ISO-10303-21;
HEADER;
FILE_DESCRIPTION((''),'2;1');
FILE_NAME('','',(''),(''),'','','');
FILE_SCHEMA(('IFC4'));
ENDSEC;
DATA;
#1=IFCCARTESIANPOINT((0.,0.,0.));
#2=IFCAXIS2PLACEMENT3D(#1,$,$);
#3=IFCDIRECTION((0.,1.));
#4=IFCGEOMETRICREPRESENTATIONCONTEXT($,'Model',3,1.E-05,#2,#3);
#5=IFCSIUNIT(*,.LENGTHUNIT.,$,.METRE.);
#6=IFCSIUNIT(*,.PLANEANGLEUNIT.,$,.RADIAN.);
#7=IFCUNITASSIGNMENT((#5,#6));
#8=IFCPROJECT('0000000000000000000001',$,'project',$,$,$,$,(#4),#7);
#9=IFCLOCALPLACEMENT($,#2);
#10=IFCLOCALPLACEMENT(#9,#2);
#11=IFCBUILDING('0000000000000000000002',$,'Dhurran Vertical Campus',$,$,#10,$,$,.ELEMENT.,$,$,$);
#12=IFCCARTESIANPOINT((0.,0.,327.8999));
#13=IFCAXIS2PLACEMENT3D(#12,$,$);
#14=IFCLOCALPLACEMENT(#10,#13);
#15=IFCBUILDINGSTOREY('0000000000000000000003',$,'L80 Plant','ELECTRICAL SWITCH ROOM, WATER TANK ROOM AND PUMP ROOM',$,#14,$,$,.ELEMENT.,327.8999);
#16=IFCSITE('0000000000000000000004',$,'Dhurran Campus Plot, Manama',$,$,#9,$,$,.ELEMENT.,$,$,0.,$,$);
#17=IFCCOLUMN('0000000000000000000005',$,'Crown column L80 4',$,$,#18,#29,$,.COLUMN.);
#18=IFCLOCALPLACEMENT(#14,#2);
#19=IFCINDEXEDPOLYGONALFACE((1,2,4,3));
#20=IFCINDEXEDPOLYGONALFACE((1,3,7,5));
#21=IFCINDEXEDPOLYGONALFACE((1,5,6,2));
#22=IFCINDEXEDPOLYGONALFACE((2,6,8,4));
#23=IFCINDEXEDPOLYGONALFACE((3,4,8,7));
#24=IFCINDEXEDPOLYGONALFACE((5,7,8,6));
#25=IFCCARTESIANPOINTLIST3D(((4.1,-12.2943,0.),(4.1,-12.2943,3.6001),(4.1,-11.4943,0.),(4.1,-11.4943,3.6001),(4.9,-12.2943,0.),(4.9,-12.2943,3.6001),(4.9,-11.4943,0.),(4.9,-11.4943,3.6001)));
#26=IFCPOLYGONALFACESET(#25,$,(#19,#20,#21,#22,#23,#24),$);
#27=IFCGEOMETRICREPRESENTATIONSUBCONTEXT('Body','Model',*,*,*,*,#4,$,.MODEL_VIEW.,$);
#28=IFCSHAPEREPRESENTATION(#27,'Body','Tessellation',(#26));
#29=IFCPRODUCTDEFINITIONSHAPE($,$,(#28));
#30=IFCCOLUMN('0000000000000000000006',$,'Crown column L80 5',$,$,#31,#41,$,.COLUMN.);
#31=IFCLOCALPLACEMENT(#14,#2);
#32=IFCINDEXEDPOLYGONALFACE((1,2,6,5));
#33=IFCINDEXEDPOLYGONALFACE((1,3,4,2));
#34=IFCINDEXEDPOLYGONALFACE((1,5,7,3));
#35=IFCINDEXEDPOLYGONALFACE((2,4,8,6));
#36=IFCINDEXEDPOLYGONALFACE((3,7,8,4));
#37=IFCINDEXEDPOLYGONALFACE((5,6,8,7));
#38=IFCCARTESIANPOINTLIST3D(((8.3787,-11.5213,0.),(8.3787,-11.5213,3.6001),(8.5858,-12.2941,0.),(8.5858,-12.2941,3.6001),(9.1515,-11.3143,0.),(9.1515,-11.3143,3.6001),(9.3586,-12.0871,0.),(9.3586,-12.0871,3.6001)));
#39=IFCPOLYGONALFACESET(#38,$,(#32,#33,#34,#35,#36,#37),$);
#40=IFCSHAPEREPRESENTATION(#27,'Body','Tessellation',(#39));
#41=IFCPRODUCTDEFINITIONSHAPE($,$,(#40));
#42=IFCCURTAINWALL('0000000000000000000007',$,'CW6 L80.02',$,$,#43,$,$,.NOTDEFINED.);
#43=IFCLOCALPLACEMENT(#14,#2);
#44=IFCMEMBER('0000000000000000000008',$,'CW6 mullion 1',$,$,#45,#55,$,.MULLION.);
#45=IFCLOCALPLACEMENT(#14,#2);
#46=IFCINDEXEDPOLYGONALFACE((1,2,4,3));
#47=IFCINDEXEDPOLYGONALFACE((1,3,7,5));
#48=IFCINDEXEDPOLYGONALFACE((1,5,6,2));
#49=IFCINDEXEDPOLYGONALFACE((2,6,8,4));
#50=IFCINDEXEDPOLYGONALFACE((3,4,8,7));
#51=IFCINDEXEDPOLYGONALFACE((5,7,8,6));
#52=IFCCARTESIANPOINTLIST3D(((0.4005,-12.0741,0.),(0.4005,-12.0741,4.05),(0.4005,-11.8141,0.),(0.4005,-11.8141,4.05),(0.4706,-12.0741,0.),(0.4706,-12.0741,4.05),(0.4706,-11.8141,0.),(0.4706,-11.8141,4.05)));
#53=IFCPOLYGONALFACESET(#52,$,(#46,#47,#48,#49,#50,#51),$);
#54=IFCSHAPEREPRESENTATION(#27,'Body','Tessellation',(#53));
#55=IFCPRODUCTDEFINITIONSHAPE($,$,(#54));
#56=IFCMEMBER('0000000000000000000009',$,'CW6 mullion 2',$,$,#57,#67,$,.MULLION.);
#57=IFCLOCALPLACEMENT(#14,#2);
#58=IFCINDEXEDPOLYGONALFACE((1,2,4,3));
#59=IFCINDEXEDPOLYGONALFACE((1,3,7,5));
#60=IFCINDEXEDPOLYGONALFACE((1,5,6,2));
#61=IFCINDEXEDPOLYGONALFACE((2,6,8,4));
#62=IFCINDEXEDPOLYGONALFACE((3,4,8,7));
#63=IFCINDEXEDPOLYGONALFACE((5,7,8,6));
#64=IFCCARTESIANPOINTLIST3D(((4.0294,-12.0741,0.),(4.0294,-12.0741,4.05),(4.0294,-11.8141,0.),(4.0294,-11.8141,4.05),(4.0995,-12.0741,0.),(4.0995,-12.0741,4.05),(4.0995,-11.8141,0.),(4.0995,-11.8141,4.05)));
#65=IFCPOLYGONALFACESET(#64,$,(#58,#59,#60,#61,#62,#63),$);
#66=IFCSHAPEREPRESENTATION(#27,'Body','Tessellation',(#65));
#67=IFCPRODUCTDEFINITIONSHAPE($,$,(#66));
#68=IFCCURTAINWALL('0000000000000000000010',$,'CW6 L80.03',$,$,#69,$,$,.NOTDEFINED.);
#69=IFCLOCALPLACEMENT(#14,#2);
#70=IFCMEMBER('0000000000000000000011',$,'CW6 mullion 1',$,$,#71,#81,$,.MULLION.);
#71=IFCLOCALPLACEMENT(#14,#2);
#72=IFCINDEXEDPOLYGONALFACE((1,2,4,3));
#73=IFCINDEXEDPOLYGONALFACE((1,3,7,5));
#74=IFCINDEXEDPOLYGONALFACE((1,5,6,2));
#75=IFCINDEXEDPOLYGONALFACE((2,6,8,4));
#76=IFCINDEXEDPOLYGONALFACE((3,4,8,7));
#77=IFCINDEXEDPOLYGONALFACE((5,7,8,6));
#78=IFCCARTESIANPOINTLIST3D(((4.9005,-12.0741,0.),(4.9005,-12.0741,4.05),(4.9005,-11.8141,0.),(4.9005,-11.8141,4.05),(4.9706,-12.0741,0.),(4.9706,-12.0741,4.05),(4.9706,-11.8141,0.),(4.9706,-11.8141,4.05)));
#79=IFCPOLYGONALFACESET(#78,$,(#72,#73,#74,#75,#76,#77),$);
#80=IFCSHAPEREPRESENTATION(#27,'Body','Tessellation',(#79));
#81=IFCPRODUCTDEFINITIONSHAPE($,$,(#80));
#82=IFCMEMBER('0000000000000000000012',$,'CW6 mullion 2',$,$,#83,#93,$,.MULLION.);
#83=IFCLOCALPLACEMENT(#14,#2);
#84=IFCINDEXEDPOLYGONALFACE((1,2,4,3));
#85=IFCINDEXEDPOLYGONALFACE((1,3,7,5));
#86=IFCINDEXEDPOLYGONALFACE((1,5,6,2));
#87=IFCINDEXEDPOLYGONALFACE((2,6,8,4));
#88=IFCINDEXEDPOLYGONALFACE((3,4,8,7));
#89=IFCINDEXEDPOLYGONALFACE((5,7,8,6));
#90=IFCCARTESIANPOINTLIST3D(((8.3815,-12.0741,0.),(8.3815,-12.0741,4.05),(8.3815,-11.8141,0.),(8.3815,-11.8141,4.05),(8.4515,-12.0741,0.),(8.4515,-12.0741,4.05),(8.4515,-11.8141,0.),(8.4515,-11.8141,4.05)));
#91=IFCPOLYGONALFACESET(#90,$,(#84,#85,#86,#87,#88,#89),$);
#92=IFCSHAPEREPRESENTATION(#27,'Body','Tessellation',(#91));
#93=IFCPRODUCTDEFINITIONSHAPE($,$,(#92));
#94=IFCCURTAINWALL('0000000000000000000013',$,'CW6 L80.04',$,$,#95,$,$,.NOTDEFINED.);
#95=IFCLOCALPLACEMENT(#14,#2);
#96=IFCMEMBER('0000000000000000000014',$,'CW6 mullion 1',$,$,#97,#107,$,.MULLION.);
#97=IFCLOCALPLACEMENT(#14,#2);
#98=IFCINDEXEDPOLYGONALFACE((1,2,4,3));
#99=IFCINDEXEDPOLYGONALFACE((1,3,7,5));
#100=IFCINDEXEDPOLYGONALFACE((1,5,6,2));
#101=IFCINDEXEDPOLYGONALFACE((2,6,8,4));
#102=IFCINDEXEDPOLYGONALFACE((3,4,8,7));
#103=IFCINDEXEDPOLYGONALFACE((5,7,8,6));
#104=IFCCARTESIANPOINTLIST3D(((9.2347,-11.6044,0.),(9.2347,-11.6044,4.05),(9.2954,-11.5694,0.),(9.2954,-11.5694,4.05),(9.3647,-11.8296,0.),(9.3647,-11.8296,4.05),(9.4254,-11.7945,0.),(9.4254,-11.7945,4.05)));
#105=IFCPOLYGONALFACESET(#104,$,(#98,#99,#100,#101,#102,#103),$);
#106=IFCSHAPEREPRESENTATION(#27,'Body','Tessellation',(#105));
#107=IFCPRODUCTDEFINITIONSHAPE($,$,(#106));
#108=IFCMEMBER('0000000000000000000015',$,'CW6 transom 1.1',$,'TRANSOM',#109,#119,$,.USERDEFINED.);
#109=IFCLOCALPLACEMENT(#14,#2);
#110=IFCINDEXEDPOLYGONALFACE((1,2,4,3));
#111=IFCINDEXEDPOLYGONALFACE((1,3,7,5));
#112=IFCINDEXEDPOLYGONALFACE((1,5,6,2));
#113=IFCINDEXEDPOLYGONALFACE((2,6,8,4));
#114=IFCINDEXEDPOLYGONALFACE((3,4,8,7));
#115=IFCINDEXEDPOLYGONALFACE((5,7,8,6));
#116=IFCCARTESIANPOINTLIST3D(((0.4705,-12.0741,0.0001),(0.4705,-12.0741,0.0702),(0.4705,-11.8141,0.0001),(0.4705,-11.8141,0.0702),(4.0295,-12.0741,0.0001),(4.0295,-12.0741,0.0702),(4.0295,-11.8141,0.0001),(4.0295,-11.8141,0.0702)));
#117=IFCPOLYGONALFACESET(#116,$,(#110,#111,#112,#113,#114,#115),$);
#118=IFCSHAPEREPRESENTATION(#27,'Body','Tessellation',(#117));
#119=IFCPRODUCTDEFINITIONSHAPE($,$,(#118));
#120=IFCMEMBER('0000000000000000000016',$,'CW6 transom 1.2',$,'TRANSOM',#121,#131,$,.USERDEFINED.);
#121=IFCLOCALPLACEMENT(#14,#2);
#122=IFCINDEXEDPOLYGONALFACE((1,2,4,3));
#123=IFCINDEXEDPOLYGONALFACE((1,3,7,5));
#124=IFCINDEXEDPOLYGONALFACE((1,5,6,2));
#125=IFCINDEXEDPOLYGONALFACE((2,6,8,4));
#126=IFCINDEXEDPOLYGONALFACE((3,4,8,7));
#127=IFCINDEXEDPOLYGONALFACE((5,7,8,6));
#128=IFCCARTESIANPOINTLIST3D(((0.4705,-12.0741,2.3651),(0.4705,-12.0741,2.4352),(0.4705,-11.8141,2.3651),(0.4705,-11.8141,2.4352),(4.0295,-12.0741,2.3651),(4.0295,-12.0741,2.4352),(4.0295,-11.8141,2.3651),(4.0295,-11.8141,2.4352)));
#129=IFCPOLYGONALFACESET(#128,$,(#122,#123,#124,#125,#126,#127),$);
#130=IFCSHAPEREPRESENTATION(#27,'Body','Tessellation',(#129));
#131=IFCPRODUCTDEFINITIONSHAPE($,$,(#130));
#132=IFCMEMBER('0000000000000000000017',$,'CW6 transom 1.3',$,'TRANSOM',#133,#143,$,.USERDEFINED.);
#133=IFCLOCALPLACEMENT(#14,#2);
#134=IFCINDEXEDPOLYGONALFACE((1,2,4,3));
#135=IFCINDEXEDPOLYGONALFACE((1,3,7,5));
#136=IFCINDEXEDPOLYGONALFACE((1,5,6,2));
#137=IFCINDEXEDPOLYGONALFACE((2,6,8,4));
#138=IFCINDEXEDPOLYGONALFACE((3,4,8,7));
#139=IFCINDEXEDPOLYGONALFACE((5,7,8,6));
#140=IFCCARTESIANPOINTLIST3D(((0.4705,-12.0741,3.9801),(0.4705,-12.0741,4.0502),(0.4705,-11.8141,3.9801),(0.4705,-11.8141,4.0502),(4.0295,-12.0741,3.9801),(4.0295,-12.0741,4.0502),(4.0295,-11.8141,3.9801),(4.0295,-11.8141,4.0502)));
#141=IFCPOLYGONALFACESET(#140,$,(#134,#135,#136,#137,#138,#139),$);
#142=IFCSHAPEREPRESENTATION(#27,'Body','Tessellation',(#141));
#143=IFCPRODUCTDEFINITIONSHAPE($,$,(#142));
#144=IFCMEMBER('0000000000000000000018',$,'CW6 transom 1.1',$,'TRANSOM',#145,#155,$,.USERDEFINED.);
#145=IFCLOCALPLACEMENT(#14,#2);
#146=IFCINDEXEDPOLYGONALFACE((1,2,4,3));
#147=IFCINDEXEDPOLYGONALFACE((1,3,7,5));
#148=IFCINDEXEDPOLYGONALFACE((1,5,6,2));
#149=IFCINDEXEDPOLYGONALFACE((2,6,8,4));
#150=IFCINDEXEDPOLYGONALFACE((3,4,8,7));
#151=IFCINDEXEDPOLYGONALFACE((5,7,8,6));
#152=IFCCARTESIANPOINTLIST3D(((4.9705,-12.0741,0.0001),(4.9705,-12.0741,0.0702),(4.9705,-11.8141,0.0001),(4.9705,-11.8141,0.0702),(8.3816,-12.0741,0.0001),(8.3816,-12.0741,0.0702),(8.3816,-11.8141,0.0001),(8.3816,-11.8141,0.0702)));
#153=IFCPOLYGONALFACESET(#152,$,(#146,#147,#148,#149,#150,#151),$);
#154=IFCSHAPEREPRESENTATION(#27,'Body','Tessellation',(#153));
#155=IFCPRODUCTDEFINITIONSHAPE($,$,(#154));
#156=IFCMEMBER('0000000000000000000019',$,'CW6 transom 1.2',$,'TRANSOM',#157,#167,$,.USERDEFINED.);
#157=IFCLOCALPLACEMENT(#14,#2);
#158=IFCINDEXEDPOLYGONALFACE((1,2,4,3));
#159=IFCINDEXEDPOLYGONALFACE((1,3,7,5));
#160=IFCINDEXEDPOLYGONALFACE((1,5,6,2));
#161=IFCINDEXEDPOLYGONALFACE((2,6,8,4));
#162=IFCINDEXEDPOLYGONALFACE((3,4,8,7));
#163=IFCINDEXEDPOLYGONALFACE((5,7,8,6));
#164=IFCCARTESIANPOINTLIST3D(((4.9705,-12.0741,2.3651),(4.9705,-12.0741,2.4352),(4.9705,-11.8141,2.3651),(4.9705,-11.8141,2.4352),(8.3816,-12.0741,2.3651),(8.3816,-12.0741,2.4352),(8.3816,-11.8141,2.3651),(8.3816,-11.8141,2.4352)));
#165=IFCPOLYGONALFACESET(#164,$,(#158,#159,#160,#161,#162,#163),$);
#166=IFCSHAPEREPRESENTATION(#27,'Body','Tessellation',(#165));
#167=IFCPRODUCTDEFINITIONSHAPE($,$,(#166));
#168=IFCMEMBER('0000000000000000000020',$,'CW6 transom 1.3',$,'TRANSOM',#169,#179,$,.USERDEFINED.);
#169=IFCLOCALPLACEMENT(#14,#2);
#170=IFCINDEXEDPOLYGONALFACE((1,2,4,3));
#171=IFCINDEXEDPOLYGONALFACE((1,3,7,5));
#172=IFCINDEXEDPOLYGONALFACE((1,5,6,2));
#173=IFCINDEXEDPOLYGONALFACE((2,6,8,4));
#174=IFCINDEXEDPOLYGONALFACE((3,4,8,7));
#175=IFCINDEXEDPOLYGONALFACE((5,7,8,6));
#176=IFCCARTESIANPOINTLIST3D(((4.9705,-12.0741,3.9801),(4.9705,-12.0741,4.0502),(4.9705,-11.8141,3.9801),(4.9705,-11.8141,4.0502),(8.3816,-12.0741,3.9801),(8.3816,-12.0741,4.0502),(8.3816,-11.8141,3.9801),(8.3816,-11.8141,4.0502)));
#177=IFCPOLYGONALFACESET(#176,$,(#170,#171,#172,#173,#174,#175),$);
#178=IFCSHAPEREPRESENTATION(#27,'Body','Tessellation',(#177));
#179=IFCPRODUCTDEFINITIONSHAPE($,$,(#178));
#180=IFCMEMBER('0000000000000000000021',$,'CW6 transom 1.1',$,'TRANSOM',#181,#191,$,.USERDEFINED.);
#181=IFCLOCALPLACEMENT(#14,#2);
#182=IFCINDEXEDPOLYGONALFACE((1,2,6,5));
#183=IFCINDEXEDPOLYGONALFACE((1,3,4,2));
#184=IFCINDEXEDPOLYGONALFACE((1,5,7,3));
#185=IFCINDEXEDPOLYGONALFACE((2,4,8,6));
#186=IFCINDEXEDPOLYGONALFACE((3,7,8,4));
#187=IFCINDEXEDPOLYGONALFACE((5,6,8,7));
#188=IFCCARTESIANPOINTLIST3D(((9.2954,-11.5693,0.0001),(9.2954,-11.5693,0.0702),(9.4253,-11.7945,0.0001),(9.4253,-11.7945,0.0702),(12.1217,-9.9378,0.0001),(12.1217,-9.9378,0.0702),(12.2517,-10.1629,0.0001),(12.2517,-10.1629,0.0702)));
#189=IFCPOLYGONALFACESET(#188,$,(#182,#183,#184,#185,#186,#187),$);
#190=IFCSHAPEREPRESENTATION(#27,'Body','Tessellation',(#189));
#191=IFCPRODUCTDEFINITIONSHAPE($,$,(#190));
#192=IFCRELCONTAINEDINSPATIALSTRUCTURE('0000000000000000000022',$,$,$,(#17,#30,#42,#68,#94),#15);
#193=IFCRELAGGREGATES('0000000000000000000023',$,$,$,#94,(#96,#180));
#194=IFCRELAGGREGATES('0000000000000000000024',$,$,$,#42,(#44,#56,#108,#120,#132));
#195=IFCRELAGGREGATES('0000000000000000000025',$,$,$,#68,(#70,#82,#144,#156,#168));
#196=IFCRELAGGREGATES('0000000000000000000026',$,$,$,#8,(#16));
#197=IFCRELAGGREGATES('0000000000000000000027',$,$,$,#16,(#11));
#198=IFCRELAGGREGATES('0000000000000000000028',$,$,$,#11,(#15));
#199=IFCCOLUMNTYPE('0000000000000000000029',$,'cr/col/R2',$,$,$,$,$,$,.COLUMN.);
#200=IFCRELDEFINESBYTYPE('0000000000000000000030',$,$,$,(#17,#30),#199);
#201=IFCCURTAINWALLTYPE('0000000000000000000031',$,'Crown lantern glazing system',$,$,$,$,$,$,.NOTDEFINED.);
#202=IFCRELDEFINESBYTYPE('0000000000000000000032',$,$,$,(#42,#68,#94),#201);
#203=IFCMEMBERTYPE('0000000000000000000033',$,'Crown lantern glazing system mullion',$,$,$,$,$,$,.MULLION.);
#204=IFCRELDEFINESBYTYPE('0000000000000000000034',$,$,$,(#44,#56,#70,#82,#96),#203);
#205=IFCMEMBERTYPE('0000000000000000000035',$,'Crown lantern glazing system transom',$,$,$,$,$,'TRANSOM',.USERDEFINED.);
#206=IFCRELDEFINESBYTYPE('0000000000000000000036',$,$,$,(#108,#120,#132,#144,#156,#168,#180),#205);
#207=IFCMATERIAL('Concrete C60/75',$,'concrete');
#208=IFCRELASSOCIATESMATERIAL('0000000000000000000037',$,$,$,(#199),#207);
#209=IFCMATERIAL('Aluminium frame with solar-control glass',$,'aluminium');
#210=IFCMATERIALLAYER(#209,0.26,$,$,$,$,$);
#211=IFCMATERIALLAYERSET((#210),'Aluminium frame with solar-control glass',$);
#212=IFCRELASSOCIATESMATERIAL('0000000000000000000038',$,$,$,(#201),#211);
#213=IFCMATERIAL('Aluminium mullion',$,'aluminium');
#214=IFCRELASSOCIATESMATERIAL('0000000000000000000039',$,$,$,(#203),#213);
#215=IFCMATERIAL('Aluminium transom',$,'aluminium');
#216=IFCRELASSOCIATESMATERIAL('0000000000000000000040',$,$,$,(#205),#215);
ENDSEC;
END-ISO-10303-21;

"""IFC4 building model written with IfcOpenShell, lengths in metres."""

from ifc_helpers import new_model, si_unit, direction, frame, origin, origin_2d, place, context, subcontext, project, spatial, rectangle, extrude, material, layer, layer_set, material_profile, profile_set, type_object, element, aggregate, save


model = new_model("IFC4")

# Units and contexts
model_context = context("Model", 3, precision=1e-05, world=origin(), true_north=direction((0.0, 1.0)))
body_context = subcontext(model_context, "Body", "Model", "MODEL_VIEW")
ifc_project = project(units=[si_unit("LENGTHUNIT", "METRE"), si_unit("PLANEANGLEUNIT", "RADIAN")], contexts=[model_context])

# Site, building, storey
site_placement = place(None, origin())
site = spatial("IfcSite", under=ifc_project, at=site_placement, Name="Dhurran Campus Plot, Manama", CompositionType="ELEMENT", RefElevation=0.0)
building_placement = place(site_placement, origin())
building = spatial("IfcBuilding", under=site, at=building_placement, Name="Dhurran Vertical Campus", CompositionType="ELEMENT")
storey_placement = place(building_placement, frame((0.0, 0.0, 327.8999)))
storey = spatial("IfcBuildingStorey", under=building, at=storey_placement, Name="L80 Plant", Description="ELECTRICAL SWITCH ROOM, WATER TANK ROOM AND PUMP ROOM", CompositionType="ELEMENT", Elevation=327.8999)

# Columns
ifc_material_1 = material(Name="Concrete C60/75", Category="concrete")
ifc_material_profile_1 = material_profile(ifc_material_1, rectangle(XDim=0.8, YDim=0.8, at=origin_2d()), Name="cr/col/R2")
ifc_profile_set_1 = profile_set([ifc_material_profile_1], Name="Concrete C60/75")
column_type = type_object("IfcColumnType", Name="cr/col/R2", PredefinedType="COLUMN", material=ifc_profile_set_1)
for number, where, z_axis, x_axis, name in (
    (1, (4.5, -11.8943, 0.0), (0.0, 0.0, 1.0), (1.0, 0.0, 0.0), "Crown column L80 4"),
    (2, (8.8687, -11.8042, 0.0), (0.0, 0.0, 1.0), (0.965926, 0.258819, 0.0), "Crown column L80 5"),
):
    element("IfcColumn", number, at=place(storey_placement, frame(where, z_axis=z_axis, x_axis=x_axis)), inside=storey, type_object=column_type, Name=name, PredefinedType="COLUMN", context=body_context, shape_type="SweptSolid", body=[
        extrude(rectangle(XDim=0.8, YDim=0.8, at=origin_2d()), origin(), (0.0, 0.0, 1.0), 3.6001),
    ])

# Curtain walls, members
ifc_material_2 = material(Name="Aluminium frame with solar-control glass", Category="aluminium")
ifc_layer_1 = layer(ifc_material_2, 0.26)
ifc_layer_set_1 = layer_set([ifc_layer_1], Name="Aluminium frame with solar-control glass")
curtain_wall_type = type_object("IfcCurtainWallType", Name="Crown lantern glazing system", PredefinedType="NOTDEFINED", material=ifc_layer_set_1)
curtain_wall_1_placement = place(storey_placement, origin())
curtain_wall_1 = element("IfcCurtainWall", 3, at=curtain_wall_1_placement, inside=storey, type_object=curtain_wall_type, Name="CW6 L80.02", PredefinedType="NOTDEFINED")
ifc_material_3 = material(Name="Aluminium mullion", Category="aluminium")
ifc_material_profile_2 = material_profile(ifc_material_3, rectangle(XDim=0.26, YDim=0.0701, at=origin_2d()), Name="Crown lantern glazing system mullion")
ifc_profile_set_2 = profile_set([ifc_material_profile_2], Name="Aluminium mullion")
member_type_1 = type_object("IfcMemberType", Name="Crown lantern glazing system mullion", PredefinedType="MULLION", material=ifc_profile_set_2)
member_1_placement = place(storey_placement, frame((0.4355, -11.9441, 0.0), z_axis=(0.0, 0.0, 1.0), x_axis=(0.0, 1.0, 0.0)))
member_1 = element("IfcMember", 4, at=member_1_placement, type_object=member_type_1, Name="CW6 mullion 1", PredefinedType="MULLION", context=body_context, shape_type="SweptSolid", body=[
    extrude(rectangle(XDim=0.26, YDim=0.0701, at=origin_2d()), origin(), (0.0, 0.0, 1.0), 4.05),
])
member_2_placement = place(storey_placement, frame((4.0645, -11.9441, 0.0), z_axis=(0.0, 0.0, 1.0), x_axis=(0.0, 1.0, 0.0)))
member_2 = element("IfcMember", 5, at=member_2_placement, type_object=member_type_1, Name="CW6 mullion 2", PredefinedType="MULLION", context=body_context, shape_type="SweptSolid", body=[
    extrude(rectangle(XDim=0.26, YDim=0.0701, at=origin_2d()), origin(), (0.0, 0.0, 1.0), 4.05),
])
curtain_wall_2_placement = place(storey_placement, origin())
curtain_wall_2 = element("IfcCurtainWall", 6, at=curtain_wall_2_placement, inside=storey, type_object=curtain_wall_type, Name="CW6 L80.03", PredefinedType="NOTDEFINED")
member_3_placement = place(storey_placement, frame((4.9355, -11.9441, 0.0), z_axis=(0.0, 0.0, 1.0), x_axis=(0.0, 1.0, 0.0)))
member_3 = element("IfcMember", 7, at=member_3_placement, type_object=member_type_1, Name="CW6 mullion 1", PredefinedType="MULLION", context=body_context, shape_type="SweptSolid", body=[
    extrude(rectangle(XDim=0.26, YDim=0.0701, at=origin_2d()), origin(), (0.0, 0.0, 1.0), 4.05),
])
member_4_placement = place(storey_placement, frame((8.4165, -11.9441, 0.0), z_axis=(0.0, 0.0, 1.0), x_axis=(0.0, 1.0, 0.0)))
member_4 = element("IfcMember", 8, at=member_4_placement, type_object=member_type_1, Name="CW6 mullion 2", PredefinedType="MULLION", context=body_context, shape_type="SweptSolid", body=[
    extrude(rectangle(XDim=0.26, YDim=0.0701, at=origin_2d()), origin(), (0.0, 0.0, 1.0), 4.05),
])

# Curtain wall, member
curtain_wall_3_placement = place(storey_placement, origin())
curtain_wall_3 = element("IfcCurtainWall", 9, at=curtain_wall_3_placement, inside=storey, type_object=curtain_wall_type, Name="CW6 L80.04", PredefinedType="NOTDEFINED")
member_5_placement = place(storey_placement, frame((9.3301, -11.6995, 0.0), z_axis=(0.0, 0.0, 1.0), x_axis=(-0.499991, 0.86603, 0.0)))
member_5 = element("IfcMember", 10, at=member_5_placement, type_object=member_type_1, Name="CW6 mullion 1", PredefinedType="MULLION", context=body_context, shape_type="SweptSolid", body=[
    extrude(rectangle(XDim=0.26, YDim=0.0701, at=origin_2d()), origin(), (0.0, 0.0, 1.0), 4.05),
])

# Members
ifc_material_4 = material(Name="Aluminium transom", Category="aluminium")
ifc_material_profile_3 = material_profile(ifc_material_4, rectangle(XDim=0.26, YDim=0.0701, at=origin_2d()), Name="Crown lantern glazing system transom")
ifc_profile_set_3 = profile_set([ifc_material_profile_3], Name="Aluminium transom")
member_type_2 = type_object("IfcMemberType", Name="Crown lantern glazing system transom", ElementType="TRANSOM", PredefinedType="USERDEFINED", material=ifc_profile_set_3)
member_6_placement = place(storey_placement, frame((0.4705, -11.9441, 0.0352), z_axis=(1.0, 0.0, 0.0), x_axis=(0.0, 1.0, 0.0)))
member_6 = element("IfcMember", 11, at=member_6_placement, type_object=member_type_2, Name="CW6 transom 1.1", ObjectType="TRANSOM", PredefinedType="USERDEFINED", context=body_context, shape_type="SweptSolid", body=[
    extrude(rectangle(XDim=0.26, YDim=0.0701, at=origin_2d()), origin(), (0.0, 0.0, 1.0), 3.5591),
])
member_7_placement = place(storey_placement, frame((0.4705, -11.9441, 2.4001), z_axis=(1.0, 0.0, 0.0), x_axis=(0.0, 1.0, 0.0)))
member_7 = element("IfcMember", 12, at=member_7_placement, type_object=member_type_2, Name="CW6 transom 1.2", ObjectType="TRANSOM", PredefinedType="USERDEFINED", context=body_context, shape_type="SweptSolid", body=[
    extrude(rectangle(XDim=0.26, YDim=0.0701, at=origin_2d()), origin(), (0.0, 0.0, 1.0), 3.5591),
])
member_8_placement = place(storey_placement, frame((0.4705, -11.9441, 4.0151), z_axis=(1.0, 0.0, 0.0), x_axis=(0.0, 1.0, 0.0)))
member_8 = element("IfcMember", 13, at=member_8_placement, type_object=member_type_2, Name="CW6 transom 1.3", ObjectType="TRANSOM", PredefinedType="USERDEFINED", context=body_context, shape_type="SweptSolid", body=[
    extrude(rectangle(XDim=0.26, YDim=0.0701, at=origin_2d()), origin(), (0.0, 0.0, 1.0), 3.5591),
])
member_9_placement = place(storey_placement, frame((4.9705, -11.9441, 0.0352), z_axis=(1.0, 0.0, 0.0), x_axis=(0.0, 1.0, 0.0)))
member_9 = element("IfcMember", 14, at=member_9_placement, type_object=member_type_2, Name="CW6 transom 1.1", ObjectType="TRANSOM", PredefinedType="USERDEFINED", context=body_context, shape_type="SweptSolid", body=[
    extrude(rectangle(XDim=0.26, YDim=0.0701, at=origin_2d()), origin(), (0.0, 0.0, 1.0), 3.4111),
])
member_10_placement = place(storey_placement, frame((4.9705, -11.9441, 2.4001), z_axis=(1.0, 0.0, 0.0), x_axis=(0.0, 1.0, 0.0)))
member_10 = element("IfcMember", 15, at=member_10_placement, type_object=member_type_2, Name="CW6 transom 1.2", ObjectType="TRANSOM", PredefinedType="USERDEFINED", context=body_context, shape_type="SweptSolid", body=[
    extrude(rectangle(XDim=0.26, YDim=0.0701, at=origin_2d()), origin(), (0.0, 0.0, 1.0), 3.4111),
])
member_11_placement = place(storey_placement, frame((4.9705, -11.9441, 4.0151), z_axis=(1.0, 0.0, 0.0), x_axis=(0.0, 1.0, 0.0)))
member_11 = element("IfcMember", 16, at=member_11_placement, type_object=member_type_2, Name="CW6 transom 1.3", ObjectType="TRANSOM", PredefinedType="USERDEFINED", context=body_context, shape_type="SweptSolid", body=[
    extrude(rectangle(XDim=0.26, YDim=0.0701, at=origin_2d()), origin(), (0.0, 0.0, 1.0), 3.4111),
])
member_12_placement = place(storey_placement, frame((9.3604, -11.6819, 0.0352), z_axis=(0.866057, 0.499945, 0.0), x_axis=(-0.499945, 0.866057, 0.0)))
member_12 = element("IfcMember", 17, at=member_12_placement, type_object=member_type_2, Name="CW6 transom 1.1", ObjectType="TRANSOM", PredefinedType="USERDEFINED", context=body_context, shape_type="SweptSolid", body=[
    extrude(rectangle(XDim=0.26, YDim=0.0701, at=origin_2d()), origin(), (0.0, 0.0, 1.0), 3.2634),
])
aggregate(curtain_wall_3, [member_5, member_12])

aggregate(curtain_wall_1, [member_1, member_2, member_6, member_7, member_8])
aggregate(curtain_wall_2, [member_3, member_4, member_9, member_10, member_11])

save(model, "model.ifc")
